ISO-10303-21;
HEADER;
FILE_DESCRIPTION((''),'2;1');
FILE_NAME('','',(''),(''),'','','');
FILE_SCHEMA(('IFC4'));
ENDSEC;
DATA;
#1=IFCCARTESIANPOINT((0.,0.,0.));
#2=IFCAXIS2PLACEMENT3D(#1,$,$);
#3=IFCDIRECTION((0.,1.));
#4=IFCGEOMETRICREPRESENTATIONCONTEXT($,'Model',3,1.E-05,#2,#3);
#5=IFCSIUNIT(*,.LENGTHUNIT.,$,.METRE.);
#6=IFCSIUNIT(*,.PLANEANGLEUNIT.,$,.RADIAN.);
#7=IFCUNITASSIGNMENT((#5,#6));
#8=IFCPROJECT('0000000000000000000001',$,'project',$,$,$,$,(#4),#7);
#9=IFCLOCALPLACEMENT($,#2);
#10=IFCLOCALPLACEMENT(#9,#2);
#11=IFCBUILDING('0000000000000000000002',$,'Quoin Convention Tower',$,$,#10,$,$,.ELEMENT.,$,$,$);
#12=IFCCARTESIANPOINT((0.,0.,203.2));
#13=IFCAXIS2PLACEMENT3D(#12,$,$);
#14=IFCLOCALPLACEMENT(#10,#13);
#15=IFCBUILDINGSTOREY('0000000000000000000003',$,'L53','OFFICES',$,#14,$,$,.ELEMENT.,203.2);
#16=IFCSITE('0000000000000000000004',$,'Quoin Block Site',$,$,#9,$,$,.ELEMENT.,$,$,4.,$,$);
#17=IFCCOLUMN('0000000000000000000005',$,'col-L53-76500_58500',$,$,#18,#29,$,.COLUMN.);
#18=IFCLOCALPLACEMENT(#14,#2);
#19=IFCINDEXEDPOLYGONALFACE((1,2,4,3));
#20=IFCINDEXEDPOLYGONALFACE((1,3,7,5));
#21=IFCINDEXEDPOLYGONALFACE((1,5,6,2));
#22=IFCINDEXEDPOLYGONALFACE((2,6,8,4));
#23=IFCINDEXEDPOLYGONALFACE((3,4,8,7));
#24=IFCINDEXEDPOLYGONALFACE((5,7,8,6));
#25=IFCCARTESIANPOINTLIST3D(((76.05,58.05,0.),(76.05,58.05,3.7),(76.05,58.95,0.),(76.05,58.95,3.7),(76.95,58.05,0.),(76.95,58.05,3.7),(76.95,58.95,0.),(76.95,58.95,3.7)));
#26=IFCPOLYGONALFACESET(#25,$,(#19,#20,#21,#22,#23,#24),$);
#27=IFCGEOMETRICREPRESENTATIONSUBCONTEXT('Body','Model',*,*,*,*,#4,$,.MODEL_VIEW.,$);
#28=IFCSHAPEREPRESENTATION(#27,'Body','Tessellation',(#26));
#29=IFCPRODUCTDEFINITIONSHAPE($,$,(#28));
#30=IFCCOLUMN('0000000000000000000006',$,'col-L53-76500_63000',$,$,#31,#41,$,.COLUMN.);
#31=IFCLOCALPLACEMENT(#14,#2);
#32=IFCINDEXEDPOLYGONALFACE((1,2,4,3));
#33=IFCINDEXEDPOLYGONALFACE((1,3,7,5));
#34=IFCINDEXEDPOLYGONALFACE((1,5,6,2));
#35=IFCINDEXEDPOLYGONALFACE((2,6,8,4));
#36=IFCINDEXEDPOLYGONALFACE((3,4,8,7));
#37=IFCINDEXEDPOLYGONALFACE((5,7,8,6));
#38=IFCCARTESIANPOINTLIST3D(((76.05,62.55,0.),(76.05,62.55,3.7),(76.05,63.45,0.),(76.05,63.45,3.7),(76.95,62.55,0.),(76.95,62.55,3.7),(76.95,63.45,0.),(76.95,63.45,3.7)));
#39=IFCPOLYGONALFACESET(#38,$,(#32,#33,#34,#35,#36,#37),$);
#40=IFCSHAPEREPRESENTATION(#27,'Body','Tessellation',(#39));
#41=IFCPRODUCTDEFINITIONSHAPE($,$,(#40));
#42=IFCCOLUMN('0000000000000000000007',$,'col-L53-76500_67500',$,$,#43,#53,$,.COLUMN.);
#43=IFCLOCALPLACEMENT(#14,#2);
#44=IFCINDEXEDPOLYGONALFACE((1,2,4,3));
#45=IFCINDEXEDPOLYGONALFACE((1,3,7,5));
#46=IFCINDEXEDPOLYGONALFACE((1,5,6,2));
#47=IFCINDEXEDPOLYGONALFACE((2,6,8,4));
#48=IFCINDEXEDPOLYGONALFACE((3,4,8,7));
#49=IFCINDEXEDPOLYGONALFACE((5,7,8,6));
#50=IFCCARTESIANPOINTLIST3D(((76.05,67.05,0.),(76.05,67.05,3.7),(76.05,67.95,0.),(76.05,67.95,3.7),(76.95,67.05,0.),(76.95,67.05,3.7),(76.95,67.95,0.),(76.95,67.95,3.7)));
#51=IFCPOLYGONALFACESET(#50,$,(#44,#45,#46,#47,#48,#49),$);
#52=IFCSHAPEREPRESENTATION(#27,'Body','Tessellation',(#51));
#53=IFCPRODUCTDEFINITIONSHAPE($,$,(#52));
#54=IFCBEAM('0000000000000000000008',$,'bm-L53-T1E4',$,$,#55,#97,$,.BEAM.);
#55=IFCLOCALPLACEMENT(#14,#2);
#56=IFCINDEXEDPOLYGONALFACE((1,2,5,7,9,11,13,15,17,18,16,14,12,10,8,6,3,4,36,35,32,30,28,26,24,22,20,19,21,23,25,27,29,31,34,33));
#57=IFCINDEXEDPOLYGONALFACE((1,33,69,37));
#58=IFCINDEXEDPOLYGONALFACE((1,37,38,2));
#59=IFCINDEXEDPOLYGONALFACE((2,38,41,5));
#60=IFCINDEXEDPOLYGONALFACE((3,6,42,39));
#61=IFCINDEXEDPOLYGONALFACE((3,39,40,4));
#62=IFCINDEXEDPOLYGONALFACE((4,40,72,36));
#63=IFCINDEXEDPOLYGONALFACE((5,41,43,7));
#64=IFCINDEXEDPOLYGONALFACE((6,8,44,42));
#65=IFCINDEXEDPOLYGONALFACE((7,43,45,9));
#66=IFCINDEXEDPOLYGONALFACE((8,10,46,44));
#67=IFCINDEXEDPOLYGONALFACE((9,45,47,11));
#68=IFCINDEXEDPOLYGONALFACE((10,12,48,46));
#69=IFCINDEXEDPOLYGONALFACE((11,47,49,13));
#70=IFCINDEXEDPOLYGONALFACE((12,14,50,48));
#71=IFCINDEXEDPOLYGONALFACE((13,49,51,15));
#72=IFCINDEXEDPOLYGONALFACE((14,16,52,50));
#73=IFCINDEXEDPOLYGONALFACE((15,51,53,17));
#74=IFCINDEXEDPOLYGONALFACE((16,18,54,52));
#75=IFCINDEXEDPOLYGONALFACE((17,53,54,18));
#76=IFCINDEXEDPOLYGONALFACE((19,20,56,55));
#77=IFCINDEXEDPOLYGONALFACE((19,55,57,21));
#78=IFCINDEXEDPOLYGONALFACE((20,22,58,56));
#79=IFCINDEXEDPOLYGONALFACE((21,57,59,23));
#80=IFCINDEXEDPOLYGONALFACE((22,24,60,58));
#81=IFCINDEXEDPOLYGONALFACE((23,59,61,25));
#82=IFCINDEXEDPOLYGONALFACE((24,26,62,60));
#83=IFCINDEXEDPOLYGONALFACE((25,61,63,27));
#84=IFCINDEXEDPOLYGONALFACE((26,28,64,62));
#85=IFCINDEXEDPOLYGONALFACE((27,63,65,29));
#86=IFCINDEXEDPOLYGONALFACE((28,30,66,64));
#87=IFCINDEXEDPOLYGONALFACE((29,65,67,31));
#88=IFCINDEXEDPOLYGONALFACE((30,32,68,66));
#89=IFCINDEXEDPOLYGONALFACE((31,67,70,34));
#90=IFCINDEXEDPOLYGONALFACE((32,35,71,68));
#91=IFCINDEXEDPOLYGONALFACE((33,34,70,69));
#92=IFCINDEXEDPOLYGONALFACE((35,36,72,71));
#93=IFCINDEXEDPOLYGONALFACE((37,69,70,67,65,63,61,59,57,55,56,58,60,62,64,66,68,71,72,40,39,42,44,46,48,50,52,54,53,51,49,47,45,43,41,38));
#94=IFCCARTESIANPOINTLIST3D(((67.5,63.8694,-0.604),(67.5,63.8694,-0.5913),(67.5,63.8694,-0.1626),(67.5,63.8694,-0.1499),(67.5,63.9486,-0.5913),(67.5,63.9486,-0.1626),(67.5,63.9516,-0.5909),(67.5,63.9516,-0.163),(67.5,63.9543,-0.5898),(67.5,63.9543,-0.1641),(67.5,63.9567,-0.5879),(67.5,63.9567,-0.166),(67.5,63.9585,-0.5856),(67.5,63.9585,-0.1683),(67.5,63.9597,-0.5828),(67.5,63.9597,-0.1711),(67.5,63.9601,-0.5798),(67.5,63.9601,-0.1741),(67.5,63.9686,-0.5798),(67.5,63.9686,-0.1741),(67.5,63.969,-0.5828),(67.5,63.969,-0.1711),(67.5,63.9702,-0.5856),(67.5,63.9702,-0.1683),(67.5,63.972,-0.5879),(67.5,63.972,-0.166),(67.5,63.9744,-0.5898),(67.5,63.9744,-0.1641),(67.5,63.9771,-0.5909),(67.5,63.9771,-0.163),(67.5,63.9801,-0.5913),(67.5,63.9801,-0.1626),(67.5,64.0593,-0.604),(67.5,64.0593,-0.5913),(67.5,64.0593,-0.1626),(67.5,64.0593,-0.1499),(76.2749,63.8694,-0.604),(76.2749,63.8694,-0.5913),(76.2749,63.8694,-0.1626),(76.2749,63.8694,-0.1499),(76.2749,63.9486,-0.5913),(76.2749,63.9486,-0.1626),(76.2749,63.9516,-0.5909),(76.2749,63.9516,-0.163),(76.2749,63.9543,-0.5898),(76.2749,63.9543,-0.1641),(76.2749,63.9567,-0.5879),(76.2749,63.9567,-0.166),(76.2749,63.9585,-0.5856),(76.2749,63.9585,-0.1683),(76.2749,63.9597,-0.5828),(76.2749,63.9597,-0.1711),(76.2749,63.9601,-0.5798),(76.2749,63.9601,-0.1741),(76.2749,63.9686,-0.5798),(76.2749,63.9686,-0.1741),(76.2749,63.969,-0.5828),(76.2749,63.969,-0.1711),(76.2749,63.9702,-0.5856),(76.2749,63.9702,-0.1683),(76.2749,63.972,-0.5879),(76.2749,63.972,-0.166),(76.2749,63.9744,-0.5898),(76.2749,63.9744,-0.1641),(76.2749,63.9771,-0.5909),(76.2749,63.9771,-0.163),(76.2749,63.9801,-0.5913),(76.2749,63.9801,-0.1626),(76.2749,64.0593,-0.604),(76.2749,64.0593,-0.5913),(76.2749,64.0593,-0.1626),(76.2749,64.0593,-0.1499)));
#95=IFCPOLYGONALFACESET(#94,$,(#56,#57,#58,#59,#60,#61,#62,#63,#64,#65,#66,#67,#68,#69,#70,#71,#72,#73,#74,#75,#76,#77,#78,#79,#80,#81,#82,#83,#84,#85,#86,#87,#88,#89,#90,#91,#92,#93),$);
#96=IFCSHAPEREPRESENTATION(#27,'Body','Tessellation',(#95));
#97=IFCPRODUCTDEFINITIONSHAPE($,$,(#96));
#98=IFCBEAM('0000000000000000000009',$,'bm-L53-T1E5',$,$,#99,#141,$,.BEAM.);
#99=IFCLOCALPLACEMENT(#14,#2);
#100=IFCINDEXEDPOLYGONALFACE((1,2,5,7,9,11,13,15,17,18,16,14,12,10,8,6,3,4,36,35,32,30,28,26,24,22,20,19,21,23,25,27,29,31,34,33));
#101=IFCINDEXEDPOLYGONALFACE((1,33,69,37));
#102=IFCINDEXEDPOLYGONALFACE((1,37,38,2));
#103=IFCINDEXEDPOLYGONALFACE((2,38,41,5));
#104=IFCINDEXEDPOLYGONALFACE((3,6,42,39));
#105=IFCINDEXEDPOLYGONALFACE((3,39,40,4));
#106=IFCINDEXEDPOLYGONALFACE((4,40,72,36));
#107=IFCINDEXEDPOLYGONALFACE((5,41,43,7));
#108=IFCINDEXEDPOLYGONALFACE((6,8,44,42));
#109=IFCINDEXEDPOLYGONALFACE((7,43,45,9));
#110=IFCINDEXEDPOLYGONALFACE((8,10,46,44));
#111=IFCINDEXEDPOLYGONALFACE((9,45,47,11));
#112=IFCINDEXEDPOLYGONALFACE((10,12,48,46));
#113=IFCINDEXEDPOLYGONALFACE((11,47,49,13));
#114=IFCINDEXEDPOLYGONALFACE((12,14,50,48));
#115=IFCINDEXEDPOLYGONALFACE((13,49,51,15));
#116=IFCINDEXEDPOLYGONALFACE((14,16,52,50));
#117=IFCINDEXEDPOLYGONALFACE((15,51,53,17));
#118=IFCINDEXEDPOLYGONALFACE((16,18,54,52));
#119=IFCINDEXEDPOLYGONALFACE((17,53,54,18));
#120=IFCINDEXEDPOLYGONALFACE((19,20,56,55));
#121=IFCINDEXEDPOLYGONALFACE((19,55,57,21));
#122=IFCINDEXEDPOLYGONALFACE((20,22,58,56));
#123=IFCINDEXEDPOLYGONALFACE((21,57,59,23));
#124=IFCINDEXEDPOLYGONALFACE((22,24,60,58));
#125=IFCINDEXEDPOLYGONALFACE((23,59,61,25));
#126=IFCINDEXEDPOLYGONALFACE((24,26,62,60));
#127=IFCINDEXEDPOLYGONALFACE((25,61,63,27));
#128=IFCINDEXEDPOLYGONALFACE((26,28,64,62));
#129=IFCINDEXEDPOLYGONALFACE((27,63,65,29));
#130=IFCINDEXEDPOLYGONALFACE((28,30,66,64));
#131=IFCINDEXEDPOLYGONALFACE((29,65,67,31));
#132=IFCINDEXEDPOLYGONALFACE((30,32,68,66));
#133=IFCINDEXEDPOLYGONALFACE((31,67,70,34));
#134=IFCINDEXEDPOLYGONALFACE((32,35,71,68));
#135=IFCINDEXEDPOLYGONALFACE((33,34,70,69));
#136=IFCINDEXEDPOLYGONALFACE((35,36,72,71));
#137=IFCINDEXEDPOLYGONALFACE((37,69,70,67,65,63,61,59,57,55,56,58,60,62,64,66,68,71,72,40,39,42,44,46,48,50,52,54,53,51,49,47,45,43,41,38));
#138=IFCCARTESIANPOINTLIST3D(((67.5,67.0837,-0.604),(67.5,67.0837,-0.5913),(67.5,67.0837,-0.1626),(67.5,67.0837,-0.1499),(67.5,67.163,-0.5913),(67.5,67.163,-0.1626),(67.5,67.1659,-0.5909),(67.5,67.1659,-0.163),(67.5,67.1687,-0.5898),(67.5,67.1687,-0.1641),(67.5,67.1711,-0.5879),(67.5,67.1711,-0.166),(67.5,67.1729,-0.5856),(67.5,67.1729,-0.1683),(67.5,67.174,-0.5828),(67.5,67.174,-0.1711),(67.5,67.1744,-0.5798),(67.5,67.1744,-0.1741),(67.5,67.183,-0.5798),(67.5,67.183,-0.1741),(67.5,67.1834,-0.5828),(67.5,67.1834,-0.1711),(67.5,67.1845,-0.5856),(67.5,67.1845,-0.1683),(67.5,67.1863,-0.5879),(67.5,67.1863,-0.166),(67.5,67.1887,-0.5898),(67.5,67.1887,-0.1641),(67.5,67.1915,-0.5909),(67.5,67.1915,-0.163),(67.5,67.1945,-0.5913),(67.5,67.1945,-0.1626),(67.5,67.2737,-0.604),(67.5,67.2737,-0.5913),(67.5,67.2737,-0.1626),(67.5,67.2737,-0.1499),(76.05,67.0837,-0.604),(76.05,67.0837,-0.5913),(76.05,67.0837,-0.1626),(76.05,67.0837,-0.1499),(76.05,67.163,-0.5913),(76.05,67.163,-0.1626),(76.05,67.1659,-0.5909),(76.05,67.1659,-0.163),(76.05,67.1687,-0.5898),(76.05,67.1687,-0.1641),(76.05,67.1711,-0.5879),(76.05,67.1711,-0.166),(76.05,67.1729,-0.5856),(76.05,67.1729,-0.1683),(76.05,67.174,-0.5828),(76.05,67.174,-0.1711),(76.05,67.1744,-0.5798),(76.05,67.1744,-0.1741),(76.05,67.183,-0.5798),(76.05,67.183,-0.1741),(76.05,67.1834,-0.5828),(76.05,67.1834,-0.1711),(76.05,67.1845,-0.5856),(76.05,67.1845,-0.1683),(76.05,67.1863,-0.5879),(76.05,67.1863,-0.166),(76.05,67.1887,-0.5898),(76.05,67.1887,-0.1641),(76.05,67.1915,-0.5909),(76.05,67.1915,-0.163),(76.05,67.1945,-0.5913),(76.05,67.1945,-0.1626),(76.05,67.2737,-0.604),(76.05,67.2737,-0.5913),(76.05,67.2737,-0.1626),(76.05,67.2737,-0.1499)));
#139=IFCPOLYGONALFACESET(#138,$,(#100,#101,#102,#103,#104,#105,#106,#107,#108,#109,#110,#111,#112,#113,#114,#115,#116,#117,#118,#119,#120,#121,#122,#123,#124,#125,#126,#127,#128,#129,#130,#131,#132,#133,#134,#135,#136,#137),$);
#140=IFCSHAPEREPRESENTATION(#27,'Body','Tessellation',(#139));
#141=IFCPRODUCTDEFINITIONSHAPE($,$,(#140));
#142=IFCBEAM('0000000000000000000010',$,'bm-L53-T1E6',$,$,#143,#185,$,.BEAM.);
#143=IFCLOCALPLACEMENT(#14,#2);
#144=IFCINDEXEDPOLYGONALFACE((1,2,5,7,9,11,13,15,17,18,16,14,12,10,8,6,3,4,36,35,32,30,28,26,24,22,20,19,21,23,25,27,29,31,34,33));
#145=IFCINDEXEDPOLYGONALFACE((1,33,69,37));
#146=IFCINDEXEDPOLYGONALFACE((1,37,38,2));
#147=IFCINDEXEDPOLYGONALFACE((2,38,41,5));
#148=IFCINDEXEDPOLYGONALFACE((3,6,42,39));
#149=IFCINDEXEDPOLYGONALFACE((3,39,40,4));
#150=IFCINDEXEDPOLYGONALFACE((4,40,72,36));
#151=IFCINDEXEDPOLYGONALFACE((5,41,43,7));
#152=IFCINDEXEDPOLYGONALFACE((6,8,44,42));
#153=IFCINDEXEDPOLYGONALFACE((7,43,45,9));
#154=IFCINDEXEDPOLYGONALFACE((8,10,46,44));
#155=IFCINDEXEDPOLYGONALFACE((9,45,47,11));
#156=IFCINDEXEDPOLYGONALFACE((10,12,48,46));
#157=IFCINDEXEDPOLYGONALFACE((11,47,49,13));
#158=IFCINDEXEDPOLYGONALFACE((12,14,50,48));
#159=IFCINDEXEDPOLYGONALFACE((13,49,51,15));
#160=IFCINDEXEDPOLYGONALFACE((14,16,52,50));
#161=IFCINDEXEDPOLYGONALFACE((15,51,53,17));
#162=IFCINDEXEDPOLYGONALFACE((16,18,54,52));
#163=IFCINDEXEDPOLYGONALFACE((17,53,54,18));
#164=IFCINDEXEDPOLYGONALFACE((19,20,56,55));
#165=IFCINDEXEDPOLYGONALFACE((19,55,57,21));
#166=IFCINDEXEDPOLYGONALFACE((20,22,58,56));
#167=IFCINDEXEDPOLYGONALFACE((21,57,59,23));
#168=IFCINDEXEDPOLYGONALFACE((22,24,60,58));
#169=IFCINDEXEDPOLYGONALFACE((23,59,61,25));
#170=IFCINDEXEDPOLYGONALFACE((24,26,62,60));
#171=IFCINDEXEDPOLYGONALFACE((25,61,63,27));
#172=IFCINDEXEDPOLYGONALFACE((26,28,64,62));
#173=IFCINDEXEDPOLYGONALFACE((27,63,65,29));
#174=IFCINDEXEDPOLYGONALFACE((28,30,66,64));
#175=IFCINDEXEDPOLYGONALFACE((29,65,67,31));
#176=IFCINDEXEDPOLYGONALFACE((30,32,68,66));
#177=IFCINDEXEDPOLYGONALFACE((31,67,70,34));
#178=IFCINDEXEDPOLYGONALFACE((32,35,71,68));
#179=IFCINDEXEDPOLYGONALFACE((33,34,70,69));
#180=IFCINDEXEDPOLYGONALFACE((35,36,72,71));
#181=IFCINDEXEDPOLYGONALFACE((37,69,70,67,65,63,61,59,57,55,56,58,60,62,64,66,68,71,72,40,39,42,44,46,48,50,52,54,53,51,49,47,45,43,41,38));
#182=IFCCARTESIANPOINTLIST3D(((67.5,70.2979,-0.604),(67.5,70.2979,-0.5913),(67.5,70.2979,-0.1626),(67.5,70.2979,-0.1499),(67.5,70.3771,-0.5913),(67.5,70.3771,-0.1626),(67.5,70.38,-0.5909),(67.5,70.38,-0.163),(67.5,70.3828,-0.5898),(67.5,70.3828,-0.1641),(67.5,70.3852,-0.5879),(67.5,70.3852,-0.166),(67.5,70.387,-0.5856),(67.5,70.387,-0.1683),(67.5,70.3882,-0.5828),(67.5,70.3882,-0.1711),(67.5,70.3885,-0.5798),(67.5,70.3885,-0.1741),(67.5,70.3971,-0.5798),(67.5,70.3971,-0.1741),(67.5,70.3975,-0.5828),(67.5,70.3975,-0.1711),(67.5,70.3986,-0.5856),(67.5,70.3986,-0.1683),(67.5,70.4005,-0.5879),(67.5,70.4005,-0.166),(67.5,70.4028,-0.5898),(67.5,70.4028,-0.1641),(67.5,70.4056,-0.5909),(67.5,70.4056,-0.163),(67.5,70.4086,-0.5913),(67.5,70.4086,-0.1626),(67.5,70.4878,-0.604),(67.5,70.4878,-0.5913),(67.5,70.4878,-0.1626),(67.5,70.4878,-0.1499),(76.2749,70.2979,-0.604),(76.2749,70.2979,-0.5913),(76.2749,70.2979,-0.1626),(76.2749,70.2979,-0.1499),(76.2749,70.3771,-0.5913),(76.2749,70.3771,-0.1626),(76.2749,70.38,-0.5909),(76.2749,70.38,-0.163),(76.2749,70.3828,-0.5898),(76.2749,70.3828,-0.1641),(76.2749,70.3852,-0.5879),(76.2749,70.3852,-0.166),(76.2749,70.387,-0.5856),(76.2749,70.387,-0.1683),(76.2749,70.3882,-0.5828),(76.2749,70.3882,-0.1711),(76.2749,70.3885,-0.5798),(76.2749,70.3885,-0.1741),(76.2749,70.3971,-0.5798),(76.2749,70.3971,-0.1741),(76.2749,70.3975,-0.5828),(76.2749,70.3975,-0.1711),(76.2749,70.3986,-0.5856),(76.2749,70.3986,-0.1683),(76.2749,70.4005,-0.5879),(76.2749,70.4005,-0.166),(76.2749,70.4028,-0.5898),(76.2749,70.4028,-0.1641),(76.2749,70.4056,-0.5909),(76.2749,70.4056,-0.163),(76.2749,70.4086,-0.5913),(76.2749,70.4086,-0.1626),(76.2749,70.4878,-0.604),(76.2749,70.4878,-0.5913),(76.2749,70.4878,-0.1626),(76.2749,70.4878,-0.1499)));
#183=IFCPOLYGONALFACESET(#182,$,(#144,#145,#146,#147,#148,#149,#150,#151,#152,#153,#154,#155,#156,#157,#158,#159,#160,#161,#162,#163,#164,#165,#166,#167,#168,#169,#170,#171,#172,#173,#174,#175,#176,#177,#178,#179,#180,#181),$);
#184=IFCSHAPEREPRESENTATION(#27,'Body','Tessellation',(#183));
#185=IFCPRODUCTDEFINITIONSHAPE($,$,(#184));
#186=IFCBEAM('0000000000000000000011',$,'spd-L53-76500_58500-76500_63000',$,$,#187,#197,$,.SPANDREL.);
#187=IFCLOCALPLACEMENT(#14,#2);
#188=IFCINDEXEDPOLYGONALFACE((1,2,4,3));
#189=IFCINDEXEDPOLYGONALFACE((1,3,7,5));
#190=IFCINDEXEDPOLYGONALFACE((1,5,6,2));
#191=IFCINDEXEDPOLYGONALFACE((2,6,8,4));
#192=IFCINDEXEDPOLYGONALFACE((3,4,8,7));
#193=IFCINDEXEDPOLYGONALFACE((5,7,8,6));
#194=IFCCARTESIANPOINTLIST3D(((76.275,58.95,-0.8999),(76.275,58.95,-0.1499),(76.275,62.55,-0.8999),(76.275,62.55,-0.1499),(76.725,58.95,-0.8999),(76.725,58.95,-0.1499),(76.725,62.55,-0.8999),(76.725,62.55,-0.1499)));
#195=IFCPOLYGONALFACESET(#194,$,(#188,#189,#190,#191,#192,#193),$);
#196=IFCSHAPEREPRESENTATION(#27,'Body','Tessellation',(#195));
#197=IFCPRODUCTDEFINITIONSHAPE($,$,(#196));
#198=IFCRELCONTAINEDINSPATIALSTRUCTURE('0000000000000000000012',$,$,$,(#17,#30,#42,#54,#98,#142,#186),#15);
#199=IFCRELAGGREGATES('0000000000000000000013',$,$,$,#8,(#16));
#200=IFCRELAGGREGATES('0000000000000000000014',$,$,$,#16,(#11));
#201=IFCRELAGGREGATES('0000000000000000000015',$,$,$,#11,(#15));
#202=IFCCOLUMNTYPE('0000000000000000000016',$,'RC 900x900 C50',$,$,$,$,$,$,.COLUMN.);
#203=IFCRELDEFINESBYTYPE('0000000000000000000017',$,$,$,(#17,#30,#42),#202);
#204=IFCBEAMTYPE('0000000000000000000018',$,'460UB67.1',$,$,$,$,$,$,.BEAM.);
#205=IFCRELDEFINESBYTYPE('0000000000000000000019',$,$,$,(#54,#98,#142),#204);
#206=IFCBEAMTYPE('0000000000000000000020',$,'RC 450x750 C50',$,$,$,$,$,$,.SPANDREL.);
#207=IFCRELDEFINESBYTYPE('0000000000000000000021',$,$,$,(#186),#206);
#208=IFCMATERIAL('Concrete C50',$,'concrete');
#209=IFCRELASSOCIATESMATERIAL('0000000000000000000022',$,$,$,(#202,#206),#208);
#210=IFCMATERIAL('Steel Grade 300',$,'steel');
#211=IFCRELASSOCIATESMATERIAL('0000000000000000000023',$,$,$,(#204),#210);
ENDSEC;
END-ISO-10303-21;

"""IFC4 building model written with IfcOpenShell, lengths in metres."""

from ifc_helpers import new_model, si_unit, direction, frame, origin, origin_2d, place, context, subcontext, project, spatial, rectangle, i_section, extrude, material, material_profile, profile_set, type_object, element, save


model = new_model("IFC4")

# Units and contexts
model_context = context("Model", 3, precision=1e-05, world=origin(), true_north=direction((0.0, 1.0)))
body_context = subcontext(model_context, "Body", "Model", "MODEL_VIEW")
ifc_project = project(units=[si_unit("LENGTHUNIT", "METRE"), si_unit("PLANEANGLEUNIT", "RADIAN")], contexts=[model_context])

# Site, building, storey
site_placement = place(None, origin())
site = spatial("IfcSite", under=ifc_project, at=site_placement, Name="Quoin Block Site", CompositionType="ELEMENT", RefElevation=4.0)
building_placement = place(site_placement, origin())
building = spatial("IfcBuilding", under=site, at=building_placement, Name="Quoin Convention Tower", CompositionType="ELEMENT")
storey_placement = place(building_placement, frame((0.0, 0.0, 203.2)))
storey = spatial("IfcBuildingStorey", under=building, at=storey_placement, Name="L53", Description="OFFICES", CompositionType="ELEMENT", Elevation=203.2)

# Columns
ifc_material_1 = material(Name="Concrete C50", Category="concrete")
ifc_material_profile_1 = material_profile(ifc_material_1, rectangle(XDim=0.8999, YDim=0.8999, at=origin_2d()), Name="RC 900x900")
ifc_profile_set_1 = profile_set([ifc_material_profile_1], Name="Concrete C50")
column_type = type_object("IfcColumnType", Name="RC 900x900 C50", PredefinedType="COLUMN", material=ifc_profile_set_1)
for number, where, z_axis, x_axis, name in (
    (1, (76.5, 58.5, 0.0), (0.0, 0.0, 1.0), (1.0, 0.0, 0.0), "col-L53-76500_58500"),
    (2, (76.5, 63.0, 0.0), (0.0, 0.0, 1.0), (1.0, 0.0, 0.0), "col-L53-76500_63000"),
    (3, (76.5, 67.5, 0.0), (0.0, 0.0, 1.0), (1.0, 0.0, 0.0), "col-L53-76500_67500"),
):
    element("IfcColumn", number, at=place(storey_placement, frame(where, z_axis=z_axis, x_axis=x_axis)), inside=storey, type_object=column_type, Name=name, PredefinedType="COLUMN", context=body_context, shape_type="SweptSolid", body=[
        extrude(rectangle(XDim=0.8999, YDim=0.8999, at=origin_2d()), origin(), (0.0, 0.0, 1.0), 3.7),
    ])

# Beams
ifc_material_2 = material(Name="Steel Grade 300", Category="steel")
ifc_material_profile_2 = material_profile(ifc_material_2, i_section(OverallWidth=0.1899, OverallDepth=0.4541, WebThickness=0.0085, FlangeThickness=0.0127, FilletRadius=0.0115, at=origin_2d()), Name="460UB67.1")
ifc_profile_set_2 = profile_set([ifc_material_profile_2], Name="Steel Grade 300")
beam_type_1 = type_object("IfcBeamType", Name="460UB67.1", PredefinedType="BEAM", material=ifc_profile_set_2)
beam_1_placement = place(storey_placement, frame((67.5, 63.9644, -0.377), z_axis=(1.0, 0.0, 0.0), x_axis=(0.0, 1.0, 0.0)))
element("IfcBeam", 4, at=beam_1_placement, inside=storey, type_object=beam_type_1, Name="bm-L53-T1E4", PredefinedType="BEAM", context=body_context, shape_type="SweptSolid", body=[
    extrude(i_section(OverallWidth=0.1899, OverallDepth=0.4541, WebThickness=0.0085, FlangeThickness=0.0127, FilletRadius=0.0115, at=origin_2d()), origin(), (0.0, 0.0, 1.0), 8.7749),
])
beam_2_placement = place(storey_placement, frame((67.5, 67.1787, -0.377), z_axis=(1.0, 0.0, 0.0), x_axis=(0.0, 1.0, 0.0)))
element("IfcBeam", 5, at=beam_2_placement, inside=storey, type_object=beam_type_1, Name="bm-L53-T1E5", PredefinedType="BEAM", context=body_context, shape_type="SweptSolid", body=[
    extrude(i_section(OverallWidth=0.1899, OverallDepth=0.4541, WebThickness=0.0085, FlangeThickness=0.0127, FilletRadius=0.0115, at=origin_2d()), origin(), (0.0, 0.0, 1.0), 8.55),
])
beam_3_placement = place(storey_placement, frame((67.5, 70.3928, -0.377), z_axis=(1.0, 0.0, 0.0), x_axis=(0.0, 1.0, 0.0)))
element("IfcBeam", 6, at=beam_3_placement, inside=storey, type_object=beam_type_1, Name="bm-L53-T1E6", PredefinedType="BEAM", context=body_context, shape_type="SweptSolid", body=[
    extrude(i_section(OverallWidth=0.1899, OverallDepth=0.4541, WebThickness=0.0085, FlangeThickness=0.0127, FilletRadius=0.0115, at=origin_2d()), origin(), (0.0, 0.0, 1.0), 8.7749),
])
ifc_material_profile_3 = material_profile(ifc_material_1, rectangle(XDim=0.45, YDim=0.75, at=origin_2d()), Name="RC 450x750")
ifc_profile_set_3 = profile_set([ifc_material_profile_3], Name="Concrete C50")
beam_type_2 = type_object("IfcBeamType", Name="RC 450x750 C50", PredefinedType="SPANDREL", material=ifc_profile_set_3)
for number, where, z_axis, x_axis, name in (
    (7, (76.5, 58.95, -0.5249), (0.0, 1.0, 0.0), (-1.0, 0.0, 0.0), "spd-L53-76500_58500-76500_63000"),
):
    element("IfcBeam", number, at=place(storey_placement, frame(where, z_axis=z_axis, x_axis=x_axis)), inside=storey, type_object=beam_type_2, Name=name, PredefinedType="SPANDREL", context=body_context, shape_type="SweptSolid", body=[
        extrude(rectangle(XDim=0.45, YDim=0.75, at=origin_2d()), origin(), (0.0, 0.0, 1.0), 3.6001),
    ])

save(model, "model.ifc")
